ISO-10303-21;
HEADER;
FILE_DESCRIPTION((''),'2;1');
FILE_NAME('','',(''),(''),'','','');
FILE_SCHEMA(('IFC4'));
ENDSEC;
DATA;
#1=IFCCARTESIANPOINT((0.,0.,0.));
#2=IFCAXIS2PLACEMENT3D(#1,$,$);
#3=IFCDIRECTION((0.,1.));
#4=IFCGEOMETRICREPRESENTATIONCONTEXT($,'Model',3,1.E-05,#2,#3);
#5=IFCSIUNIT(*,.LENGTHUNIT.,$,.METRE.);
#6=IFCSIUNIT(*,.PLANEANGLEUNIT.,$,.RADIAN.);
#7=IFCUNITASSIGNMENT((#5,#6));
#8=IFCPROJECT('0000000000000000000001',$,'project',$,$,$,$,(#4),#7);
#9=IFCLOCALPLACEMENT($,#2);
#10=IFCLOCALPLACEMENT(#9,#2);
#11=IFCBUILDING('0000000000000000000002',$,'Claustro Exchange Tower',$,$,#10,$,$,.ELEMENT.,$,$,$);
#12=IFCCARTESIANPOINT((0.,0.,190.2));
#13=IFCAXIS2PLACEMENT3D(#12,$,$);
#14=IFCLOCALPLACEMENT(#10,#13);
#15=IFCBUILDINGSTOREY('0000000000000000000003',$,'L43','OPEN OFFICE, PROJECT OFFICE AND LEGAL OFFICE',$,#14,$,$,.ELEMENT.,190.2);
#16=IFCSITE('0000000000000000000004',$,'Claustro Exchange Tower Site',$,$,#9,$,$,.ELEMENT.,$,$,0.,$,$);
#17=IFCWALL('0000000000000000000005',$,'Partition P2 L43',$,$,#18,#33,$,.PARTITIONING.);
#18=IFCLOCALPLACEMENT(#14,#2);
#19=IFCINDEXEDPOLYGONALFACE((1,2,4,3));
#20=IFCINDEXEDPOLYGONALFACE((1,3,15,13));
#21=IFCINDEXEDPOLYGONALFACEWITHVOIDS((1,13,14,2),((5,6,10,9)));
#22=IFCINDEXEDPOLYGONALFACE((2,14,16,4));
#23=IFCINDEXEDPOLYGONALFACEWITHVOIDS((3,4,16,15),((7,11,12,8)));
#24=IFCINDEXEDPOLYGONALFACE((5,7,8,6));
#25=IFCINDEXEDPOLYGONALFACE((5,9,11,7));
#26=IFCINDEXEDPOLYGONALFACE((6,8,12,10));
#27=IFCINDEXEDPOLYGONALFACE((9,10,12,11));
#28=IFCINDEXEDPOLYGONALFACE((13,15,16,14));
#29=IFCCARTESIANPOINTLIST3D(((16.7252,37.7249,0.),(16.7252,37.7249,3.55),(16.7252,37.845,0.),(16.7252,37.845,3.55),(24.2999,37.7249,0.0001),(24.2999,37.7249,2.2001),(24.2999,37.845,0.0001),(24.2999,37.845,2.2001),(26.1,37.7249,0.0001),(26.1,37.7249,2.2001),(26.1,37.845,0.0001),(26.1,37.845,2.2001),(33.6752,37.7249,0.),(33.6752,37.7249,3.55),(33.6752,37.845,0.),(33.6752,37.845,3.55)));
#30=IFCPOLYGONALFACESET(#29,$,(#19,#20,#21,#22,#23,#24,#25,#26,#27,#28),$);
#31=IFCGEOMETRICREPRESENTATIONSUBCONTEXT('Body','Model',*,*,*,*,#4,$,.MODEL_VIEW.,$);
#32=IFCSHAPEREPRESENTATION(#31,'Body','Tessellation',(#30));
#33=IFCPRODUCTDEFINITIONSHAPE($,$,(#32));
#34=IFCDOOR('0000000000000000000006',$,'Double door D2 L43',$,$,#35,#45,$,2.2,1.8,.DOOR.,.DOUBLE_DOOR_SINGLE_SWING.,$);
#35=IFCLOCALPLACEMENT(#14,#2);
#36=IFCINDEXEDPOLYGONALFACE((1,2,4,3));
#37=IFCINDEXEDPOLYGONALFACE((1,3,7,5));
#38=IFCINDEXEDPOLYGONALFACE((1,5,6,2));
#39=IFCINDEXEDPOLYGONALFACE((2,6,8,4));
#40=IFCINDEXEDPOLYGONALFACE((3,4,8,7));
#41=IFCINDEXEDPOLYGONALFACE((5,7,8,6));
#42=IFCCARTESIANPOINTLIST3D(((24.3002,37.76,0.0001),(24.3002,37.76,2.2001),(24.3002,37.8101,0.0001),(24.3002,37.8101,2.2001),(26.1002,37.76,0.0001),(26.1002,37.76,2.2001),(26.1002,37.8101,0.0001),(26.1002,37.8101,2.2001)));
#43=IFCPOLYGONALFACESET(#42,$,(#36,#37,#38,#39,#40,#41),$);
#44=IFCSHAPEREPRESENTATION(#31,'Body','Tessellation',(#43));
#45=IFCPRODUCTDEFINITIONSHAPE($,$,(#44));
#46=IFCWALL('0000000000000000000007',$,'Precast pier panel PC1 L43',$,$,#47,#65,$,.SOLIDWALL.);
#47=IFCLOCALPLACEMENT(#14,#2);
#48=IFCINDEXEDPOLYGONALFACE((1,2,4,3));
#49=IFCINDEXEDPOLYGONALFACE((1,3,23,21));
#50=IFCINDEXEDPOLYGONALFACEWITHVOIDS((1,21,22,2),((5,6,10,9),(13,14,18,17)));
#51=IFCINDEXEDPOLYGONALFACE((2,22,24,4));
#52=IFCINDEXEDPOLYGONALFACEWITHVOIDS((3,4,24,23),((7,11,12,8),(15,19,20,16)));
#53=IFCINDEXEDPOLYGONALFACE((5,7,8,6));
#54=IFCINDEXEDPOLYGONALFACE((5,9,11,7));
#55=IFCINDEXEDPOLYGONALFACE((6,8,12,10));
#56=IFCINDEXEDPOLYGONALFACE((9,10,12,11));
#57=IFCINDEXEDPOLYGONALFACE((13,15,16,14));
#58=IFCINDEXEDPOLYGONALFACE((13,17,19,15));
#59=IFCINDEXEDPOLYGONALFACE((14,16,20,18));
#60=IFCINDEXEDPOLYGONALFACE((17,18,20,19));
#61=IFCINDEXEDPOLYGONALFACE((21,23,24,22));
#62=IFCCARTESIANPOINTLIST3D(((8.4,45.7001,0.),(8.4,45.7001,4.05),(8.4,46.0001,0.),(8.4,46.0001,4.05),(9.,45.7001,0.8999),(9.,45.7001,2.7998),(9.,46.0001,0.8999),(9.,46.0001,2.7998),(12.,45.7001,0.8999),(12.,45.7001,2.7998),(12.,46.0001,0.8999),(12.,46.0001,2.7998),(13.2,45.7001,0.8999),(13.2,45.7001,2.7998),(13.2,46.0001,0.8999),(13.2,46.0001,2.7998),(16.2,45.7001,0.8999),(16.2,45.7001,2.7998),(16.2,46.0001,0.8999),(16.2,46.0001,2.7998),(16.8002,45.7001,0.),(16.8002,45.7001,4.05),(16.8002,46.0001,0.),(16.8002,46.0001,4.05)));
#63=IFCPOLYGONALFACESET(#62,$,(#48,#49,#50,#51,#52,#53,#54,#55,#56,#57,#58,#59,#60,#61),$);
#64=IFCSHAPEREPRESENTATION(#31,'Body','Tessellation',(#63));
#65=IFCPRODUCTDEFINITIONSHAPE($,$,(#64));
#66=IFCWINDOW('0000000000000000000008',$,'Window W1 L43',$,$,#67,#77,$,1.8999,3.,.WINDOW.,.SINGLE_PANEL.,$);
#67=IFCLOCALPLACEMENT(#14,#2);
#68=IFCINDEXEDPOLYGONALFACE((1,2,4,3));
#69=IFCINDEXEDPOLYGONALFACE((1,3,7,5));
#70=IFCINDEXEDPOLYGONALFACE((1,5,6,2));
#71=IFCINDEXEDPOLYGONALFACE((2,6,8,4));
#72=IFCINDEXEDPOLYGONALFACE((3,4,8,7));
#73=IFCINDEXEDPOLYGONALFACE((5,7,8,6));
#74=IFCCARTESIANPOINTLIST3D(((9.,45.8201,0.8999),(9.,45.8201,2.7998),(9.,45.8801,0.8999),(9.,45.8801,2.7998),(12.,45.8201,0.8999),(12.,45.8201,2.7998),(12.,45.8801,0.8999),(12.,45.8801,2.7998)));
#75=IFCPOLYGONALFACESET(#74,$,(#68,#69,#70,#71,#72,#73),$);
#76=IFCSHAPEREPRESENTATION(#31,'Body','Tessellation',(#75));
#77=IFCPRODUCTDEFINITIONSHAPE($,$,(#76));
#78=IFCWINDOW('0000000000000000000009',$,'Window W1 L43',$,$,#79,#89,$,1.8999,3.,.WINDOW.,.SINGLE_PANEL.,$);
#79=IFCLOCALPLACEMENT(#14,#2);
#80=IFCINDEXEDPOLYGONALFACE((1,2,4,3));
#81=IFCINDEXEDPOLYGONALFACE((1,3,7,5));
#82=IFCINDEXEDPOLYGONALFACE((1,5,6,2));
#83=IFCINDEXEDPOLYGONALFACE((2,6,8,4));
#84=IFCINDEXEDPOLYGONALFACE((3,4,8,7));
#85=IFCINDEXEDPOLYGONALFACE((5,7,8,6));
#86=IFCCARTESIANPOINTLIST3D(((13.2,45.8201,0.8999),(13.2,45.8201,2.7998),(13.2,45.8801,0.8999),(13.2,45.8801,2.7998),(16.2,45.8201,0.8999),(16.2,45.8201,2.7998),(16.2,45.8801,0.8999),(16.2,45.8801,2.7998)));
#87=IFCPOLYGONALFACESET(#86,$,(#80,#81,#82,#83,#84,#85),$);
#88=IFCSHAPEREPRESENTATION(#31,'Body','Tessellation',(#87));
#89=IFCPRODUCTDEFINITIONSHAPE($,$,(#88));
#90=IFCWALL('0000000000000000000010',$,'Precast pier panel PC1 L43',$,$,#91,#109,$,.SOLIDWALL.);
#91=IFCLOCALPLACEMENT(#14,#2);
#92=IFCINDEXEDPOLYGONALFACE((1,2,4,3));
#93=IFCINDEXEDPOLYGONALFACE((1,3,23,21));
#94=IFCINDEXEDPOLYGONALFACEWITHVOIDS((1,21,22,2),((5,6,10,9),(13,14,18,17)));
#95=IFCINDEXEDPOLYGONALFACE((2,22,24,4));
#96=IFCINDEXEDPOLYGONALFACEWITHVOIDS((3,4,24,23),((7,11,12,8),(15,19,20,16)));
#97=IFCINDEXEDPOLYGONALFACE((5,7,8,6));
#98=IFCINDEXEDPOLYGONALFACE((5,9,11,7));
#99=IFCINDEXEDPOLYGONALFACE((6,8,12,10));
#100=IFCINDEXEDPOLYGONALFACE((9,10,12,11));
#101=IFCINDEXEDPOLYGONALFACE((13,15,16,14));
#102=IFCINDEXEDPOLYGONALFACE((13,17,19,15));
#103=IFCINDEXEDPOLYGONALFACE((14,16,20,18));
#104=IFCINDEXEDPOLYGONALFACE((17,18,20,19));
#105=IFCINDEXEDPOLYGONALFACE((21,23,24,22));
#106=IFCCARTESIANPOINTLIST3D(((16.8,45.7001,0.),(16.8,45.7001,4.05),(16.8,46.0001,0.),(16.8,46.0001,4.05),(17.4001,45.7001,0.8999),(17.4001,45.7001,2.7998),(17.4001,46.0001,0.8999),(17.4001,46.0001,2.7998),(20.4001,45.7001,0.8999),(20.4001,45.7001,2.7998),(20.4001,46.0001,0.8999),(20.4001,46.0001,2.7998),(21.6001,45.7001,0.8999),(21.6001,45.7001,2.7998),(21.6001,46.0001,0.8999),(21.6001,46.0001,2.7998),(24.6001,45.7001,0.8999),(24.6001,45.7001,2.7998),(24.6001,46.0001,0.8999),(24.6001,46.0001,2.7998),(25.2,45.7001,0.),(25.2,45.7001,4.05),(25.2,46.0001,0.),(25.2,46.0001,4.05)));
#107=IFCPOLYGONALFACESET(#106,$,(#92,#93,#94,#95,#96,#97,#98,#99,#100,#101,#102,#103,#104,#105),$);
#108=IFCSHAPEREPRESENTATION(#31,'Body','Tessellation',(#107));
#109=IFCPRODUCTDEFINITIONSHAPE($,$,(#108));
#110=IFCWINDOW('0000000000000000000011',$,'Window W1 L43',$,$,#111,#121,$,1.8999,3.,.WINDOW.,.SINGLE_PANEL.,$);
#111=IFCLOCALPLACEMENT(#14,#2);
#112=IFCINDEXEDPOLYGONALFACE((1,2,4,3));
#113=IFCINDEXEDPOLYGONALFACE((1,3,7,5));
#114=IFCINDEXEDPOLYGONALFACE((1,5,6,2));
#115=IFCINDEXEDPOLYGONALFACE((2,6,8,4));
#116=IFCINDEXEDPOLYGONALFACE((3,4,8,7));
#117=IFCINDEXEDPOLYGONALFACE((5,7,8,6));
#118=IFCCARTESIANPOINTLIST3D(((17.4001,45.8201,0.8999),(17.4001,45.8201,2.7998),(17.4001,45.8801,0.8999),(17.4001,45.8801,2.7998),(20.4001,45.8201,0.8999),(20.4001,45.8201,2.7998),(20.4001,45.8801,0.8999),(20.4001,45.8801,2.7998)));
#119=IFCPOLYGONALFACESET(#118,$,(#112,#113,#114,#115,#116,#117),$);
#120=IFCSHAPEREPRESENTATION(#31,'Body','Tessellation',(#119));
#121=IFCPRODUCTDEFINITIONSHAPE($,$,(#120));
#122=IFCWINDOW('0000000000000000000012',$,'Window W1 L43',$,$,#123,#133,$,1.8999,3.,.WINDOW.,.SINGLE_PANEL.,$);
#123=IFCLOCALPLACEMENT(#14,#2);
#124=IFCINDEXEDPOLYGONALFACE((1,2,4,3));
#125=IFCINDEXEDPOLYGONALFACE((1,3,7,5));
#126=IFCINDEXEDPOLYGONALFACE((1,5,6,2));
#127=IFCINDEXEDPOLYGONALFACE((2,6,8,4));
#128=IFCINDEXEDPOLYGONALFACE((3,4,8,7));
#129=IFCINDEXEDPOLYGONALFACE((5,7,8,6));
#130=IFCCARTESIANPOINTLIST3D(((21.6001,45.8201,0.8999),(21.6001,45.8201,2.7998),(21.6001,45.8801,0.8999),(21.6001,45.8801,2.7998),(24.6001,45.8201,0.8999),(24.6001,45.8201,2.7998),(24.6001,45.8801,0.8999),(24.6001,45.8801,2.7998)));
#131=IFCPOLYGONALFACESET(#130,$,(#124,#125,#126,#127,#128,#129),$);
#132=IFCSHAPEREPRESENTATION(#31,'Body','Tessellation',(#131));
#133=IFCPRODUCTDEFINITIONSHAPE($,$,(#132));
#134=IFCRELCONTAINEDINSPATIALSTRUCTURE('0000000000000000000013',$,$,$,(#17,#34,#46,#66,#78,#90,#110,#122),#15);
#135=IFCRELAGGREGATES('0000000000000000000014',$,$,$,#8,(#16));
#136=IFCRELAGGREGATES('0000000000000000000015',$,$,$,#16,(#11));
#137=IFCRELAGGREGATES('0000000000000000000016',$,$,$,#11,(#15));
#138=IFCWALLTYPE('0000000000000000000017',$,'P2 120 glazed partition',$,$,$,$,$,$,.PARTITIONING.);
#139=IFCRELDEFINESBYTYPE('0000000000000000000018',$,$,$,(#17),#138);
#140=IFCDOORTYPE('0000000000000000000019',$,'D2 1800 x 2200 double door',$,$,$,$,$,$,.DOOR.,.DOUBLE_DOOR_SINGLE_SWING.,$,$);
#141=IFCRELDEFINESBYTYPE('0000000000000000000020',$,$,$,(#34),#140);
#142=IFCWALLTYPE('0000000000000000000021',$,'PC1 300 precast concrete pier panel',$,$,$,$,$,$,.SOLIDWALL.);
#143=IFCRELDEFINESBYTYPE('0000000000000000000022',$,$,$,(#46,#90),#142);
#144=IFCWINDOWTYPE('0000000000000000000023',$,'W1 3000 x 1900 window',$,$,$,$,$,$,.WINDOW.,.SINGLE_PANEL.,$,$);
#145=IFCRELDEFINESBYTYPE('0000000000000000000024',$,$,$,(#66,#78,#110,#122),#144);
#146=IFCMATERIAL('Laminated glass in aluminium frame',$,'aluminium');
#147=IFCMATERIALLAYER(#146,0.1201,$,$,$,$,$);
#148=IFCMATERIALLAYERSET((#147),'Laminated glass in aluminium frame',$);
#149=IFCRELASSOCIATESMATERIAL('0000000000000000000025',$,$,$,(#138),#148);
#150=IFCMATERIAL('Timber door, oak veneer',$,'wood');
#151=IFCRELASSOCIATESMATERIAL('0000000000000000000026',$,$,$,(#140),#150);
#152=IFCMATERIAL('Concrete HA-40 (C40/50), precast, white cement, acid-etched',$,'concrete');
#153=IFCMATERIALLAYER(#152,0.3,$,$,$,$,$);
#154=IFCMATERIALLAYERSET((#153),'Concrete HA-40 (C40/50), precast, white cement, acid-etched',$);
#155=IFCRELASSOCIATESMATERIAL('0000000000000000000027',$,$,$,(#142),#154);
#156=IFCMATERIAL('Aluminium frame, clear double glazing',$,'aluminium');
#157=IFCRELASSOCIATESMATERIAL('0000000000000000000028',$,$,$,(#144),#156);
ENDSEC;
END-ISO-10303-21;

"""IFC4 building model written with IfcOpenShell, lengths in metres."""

from ifc_helpers import new_model, si_unit, direction, frame, frame_2d, origin, place, context, subcontext, project, spatial, rectangle, extrude, material, layer, layer_set, type_object, element, fill, save


model = new_model("IFC4")

# Units and contexts
model_context = context("Model", 3, precision=1e-05, world=origin(), true_north=direction((0.0, 1.0)))
body_context = subcontext(model_context, "Body", "Model", "MODEL_VIEW")
ifc_project = project(units=[si_unit("LENGTHUNIT", "METRE"), si_unit("PLANEANGLEUNIT", "RADIAN")], contexts=[model_context])

# Site, building, storey
site_placement = place(None, origin())
site = spatial("IfcSite", under=ifc_project, at=site_placement, Name="Claustro Exchange Tower Site", CompositionType="ELEMENT", RefElevation=0.0)
building_placement = place(site_placement, origin())
building = spatial("IfcBuilding", under=site, at=building_placement, Name="Claustro Exchange Tower", CompositionType="ELEMENT")
storey_placement = place(building_placement, frame((0.0, 0.0, 190.2)))
storey = spatial("IfcBuildingStorey", under=building, at=storey_placement, Name="L43", Description="OPEN OFFICE, PROJECT OFFICE AND LEGAL OFFICE", CompositionType="ELEMENT", Elevation=190.2)

# Shared definitions
ifc_material_1 = material(Name="Laminated glass in aluminium frame", Category="aluminium")
ifc_layer_1 = layer(ifc_material_1, 0.1201)
ifc_layer_set_1 = layer_set([ifc_layer_1], Name="Laminated glass in aluminium frame")
wall_type_1 = type_object("IfcWallType", Name="P2 120 glazed partition", PredefinedType="PARTITIONING", material=ifc_layer_set_1)

# Wall, opening, door
wall_1_placement = place(storey_placement, frame((16.7251, 37.7849, 0.0), z_axis=(0.0, 0.0, 1.0), x_axis=(1.0, 0.0, 0.0)))
wall_1 = element("IfcWall", 1, at=wall_1_placement, inside=storey, type_object=wall_type_1, Name="Partition P2 L43", PredefinedType="PARTITIONING", context=body_context, shape_type="SweptSolid", body=[
    extrude(rectangle(XDim=16.95, YDim=0.1201, at=frame_2d((8.4751, 0.0))), origin(), (0.0, 0.0, 1.0), 3.55),
])
opening_1_placement = place(wall_1_placement, frame((7.575, 0.0, 0.0)))
opening_1 = element("IfcOpeningElement", 2, at=opening_1_placement, cuts=wall_1, PredefinedType="OPENING", context=body_context, shape_type="SweptSolid", body=[
    extrude(rectangle(XDim=1.8, YDim=2.2, at=frame_2d((0.8999, 1.1001))), frame((0.0, 0.0701, 0.0), z_axis=(0.0, -1.0, 0.0), x_axis=(1.0, 0.0, 0.0)), (0.0, 0.0, 1.0), 0.1401),
])
ifc_material_2 = material(Name="Timber door, oak veneer", Category="wood")
door_type = type_object("IfcDoorType", Name="D2 1800 x 2200 double door", OperationType="DOUBLE_DOOR_SINGLE_SWING", PredefinedType="DOOR", material=ifc_material_2)
door_placement = place(opening_1_placement, frame((1.8, 0.0, 0.0), z_axis=(0.0, 0.0, 1.0), x_axis=(-1.0, 0.0, 0.0)))
door = element("IfcDoor", 3, at=door_placement, inside=storey, type_object=door_type, Name="Double door D2 L43", OperationType="DOUBLE_DOOR_SINGLE_SWING", OverallHeight=2.2, OverallWidth=1.8, PredefinedType="DOOR", context=body_context, shape_type="SweptSolid", body=[
    extrude(rectangle(XDim=1.8, YDim=2.2, at=frame_2d((0.8999, 1.1001))), frame((0.0, 0.0249, 0.0), z_axis=(0.0, -1.0, 0.0), x_axis=(1.0, 0.0, 0.0)), (0.0, 0.0, 1.0), 0.05),
])
fill(opening_1, door)

# Walls, openings, windows
ifc_material_3 = material(Name="Concrete HA-40 (C40/50), precast, white cement, acid-etched", Category="concrete")
ifc_layer_2 = layer(ifc_material_3, 0.3)
ifc_layer_set_2 = layer_set([ifc_layer_2], Name="Concrete HA-40 (C40/50), precast, white cement, acid-etched")
wall_type_2 = type_object("IfcWallType", Name="PC1 300 precast concrete pier panel", PredefinedType="SOLIDWALL", material=ifc_layer_set_2)
wall_2_placement = place(storey_placement, frame((8.3999, 45.8501, 0.0), z_axis=(0.0, 0.0, 1.0), x_axis=(1.0, 0.0, 0.0)))
wall_2 = element("IfcWall", 4, at=wall_2_placement, inside=storey, type_object=wall_type_2, Name="Precast pier panel PC1 L43", PredefinedType="SOLIDWALL", context=body_context, shape_type="SweptSolid", body=[
    extrude(rectangle(XDim=8.4001, YDim=0.3, at=frame_2d((4.2002, 0.0))), origin(), (0.0, 0.0, 1.0), 4.05),
])
opening_2_placement = place(wall_2_placement, frame((0.6001, 0.0, 0.8999)))
opening_2 = element("IfcOpeningElement", 5, at=opening_2_placement, cuts=wall_2, PredefinedType="OPENING", context=body_context, shape_type="SweptSolid", body=[
    extrude(rectangle(XDim=3.0, YDim=1.8999, at=frame_2d((1.5, 0.95))), frame((0.0, 0.1599, 0.0), z_axis=(0.0, -1.0, 0.0), x_axis=(1.0, 0.0, 0.0)), (0.0, 0.0, 1.0), 0.3201),
])
opening_3_placement = place(wall_2_placement, frame((4.8, 0.0, 0.8999)))
opening_3 = element("IfcOpeningElement", 6, at=opening_3_placement, cuts=wall_2, PredefinedType="OPENING", context=body_context, shape_type="SweptSolid", body=[
    extrude(rectangle(XDim=3.0, YDim=1.8999, at=frame_2d((1.5, 0.95))), frame((0.0, 0.1599, 0.0), z_axis=(0.0, -1.0, 0.0), x_axis=(1.0, 0.0, 0.0)), (0.0, 0.0, 1.0), 0.3201),
])
ifc_material_4 = material(Name="Aluminium frame, clear double glazing", Category="aluminium")
window_type = type_object("IfcWindowType", Name="W1 3000 x 1900 window", PartitioningType="SINGLE_PANEL", PredefinedType="WINDOW", material=ifc_material_4)
window_1_placement = place(opening_2_placement, origin())
window_1 = element("IfcWindow", 7, at=window_1_placement, inside=storey, type_object=window_type, Name="Window W1 L43", OverallHeight=1.8999, OverallWidth=3.0, PartitioningType="SINGLE_PANEL", PredefinedType="WINDOW", context=body_context, shape_type="SweptSolid", body=[
    extrude(rectangle(XDim=3.0, YDim=1.8999, at=frame_2d((1.5, 0.95))), frame((0.0, 0.03, 0.0), z_axis=(0.0, -1.0, 0.0), x_axis=(1.0, 0.0, 0.0)), (0.0, 0.0, 1.0), 0.0601),
])
fill(opening_2, window_1)
window_2_placement = place(opening_3_placement, origin())
window_2 = element("IfcWindow", 8, at=window_2_placement, inside=storey, type_object=window_type, Name="Window W1 L43", OverallHeight=1.8999, OverallWidth=3.0, PartitioningType="SINGLE_PANEL", PredefinedType="WINDOW", context=body_context, shape_type="SweptSolid", body=[
    extrude(rectangle(XDim=3.0, YDim=1.8999, at=frame_2d((1.5, 0.95))), frame((0.0, 0.03, 0.0), z_axis=(0.0, -1.0, 0.0), x_axis=(1.0, 0.0, 0.0)), (0.0, 0.0, 1.0), 0.0601),
])
fill(opening_3, window_2)
wall_3_placement = place(storey_placement, frame((16.8, 45.8501, 0.0), z_axis=(0.0, 0.0, 1.0), x_axis=(1.0, 0.0, 0.0)))
wall_3 = element("IfcWall", 9, at=wall_3_placement, inside=storey, type_object=wall_type_2, Name="Precast pier panel PC1 L43", PredefinedType="SOLIDWALL", context=body_context, shape_type="SweptSolid", body=[
    extrude(rectangle(XDim=8.3999, YDim=0.3, at=frame_2d((4.2, 0.0))), origin(), (0.0, 0.0, 1.0), 4.05),
])
opening_4_placement = place(wall_3_placement, frame((0.6001, 0.0, 0.8999)))
opening_4 = element("IfcOpeningElement", 10, at=opening_4_placement, cuts=wall_3, PredefinedType="OPENING", context=body_context, shape_type="SweptSolid", body=[
    extrude(rectangle(XDim=3.0, YDim=1.8999, at=frame_2d((1.5, 0.95))), frame((0.0, 0.1599, 0.0), z_axis=(0.0, -1.0, 0.0), x_axis=(1.0, 0.0, 0.0)), (0.0, 0.0, 1.0), 0.3201),
])
opening_5_placement = place(wall_3_placement, frame((4.8, 0.0, 0.8999)))
opening_5 = element("IfcOpeningElement", 11, at=opening_5_placement, cuts=wall_3, PredefinedType="OPENING", context=body_context, shape_type="SweptSolid", body=[
    extrude(rectangle(XDim=3.0, YDim=1.8999, at=frame_2d((1.5, 0.95))), frame((0.0, 0.1599, 0.0), z_axis=(0.0, -1.0, 0.0), x_axis=(1.0, 0.0, 0.0)), (0.0, 0.0, 1.0), 0.3201),
])
window_3_placement = place(opening_4_placement, origin())
window_3 = element("IfcWindow", 12, at=window_3_placement, inside=storey, type_object=window_type, Name="Window W1 L43", OverallHeight=1.8999, OverallWidth=3.0, PartitioningType="SINGLE_PANEL", PredefinedType="WINDOW", context=body_context, shape_type="SweptSolid", body=[
    extrude(rectangle(XDim=3.0, YDim=1.8999, at=frame_2d((1.5, 0.95))), frame((0.0, 0.03, 0.0), z_axis=(0.0, -1.0, 0.0), x_axis=(1.0, 0.0, 0.0)), (0.0, 0.0, 1.0), 0.0601),
])
fill(opening_4, window_3)
window_4_placement = place(opening_5_placement, origin())
window_4 = element("IfcWindow", 13, at=window_4_placement, inside=storey, type_object=window_type, Name="Window W1 L43", OverallHeight=1.8999, OverallWidth=3.0, PartitioningType="SINGLE_PANEL", PredefinedType="WINDOW", context=body_context, shape_type="SweptSolid", body=[
    extrude(rectangle(XDim=3.0, YDim=1.8999, at=frame_2d((1.5, 0.95))), frame((0.0, 0.03, 0.0), z_axis=(0.0, -1.0, 0.0), x_axis=(1.0, 0.0, 0.0)), (0.0, 0.0, 1.0), 0.0601),
])
fill(opening_5, window_4)

save(model, "model.ifc")
